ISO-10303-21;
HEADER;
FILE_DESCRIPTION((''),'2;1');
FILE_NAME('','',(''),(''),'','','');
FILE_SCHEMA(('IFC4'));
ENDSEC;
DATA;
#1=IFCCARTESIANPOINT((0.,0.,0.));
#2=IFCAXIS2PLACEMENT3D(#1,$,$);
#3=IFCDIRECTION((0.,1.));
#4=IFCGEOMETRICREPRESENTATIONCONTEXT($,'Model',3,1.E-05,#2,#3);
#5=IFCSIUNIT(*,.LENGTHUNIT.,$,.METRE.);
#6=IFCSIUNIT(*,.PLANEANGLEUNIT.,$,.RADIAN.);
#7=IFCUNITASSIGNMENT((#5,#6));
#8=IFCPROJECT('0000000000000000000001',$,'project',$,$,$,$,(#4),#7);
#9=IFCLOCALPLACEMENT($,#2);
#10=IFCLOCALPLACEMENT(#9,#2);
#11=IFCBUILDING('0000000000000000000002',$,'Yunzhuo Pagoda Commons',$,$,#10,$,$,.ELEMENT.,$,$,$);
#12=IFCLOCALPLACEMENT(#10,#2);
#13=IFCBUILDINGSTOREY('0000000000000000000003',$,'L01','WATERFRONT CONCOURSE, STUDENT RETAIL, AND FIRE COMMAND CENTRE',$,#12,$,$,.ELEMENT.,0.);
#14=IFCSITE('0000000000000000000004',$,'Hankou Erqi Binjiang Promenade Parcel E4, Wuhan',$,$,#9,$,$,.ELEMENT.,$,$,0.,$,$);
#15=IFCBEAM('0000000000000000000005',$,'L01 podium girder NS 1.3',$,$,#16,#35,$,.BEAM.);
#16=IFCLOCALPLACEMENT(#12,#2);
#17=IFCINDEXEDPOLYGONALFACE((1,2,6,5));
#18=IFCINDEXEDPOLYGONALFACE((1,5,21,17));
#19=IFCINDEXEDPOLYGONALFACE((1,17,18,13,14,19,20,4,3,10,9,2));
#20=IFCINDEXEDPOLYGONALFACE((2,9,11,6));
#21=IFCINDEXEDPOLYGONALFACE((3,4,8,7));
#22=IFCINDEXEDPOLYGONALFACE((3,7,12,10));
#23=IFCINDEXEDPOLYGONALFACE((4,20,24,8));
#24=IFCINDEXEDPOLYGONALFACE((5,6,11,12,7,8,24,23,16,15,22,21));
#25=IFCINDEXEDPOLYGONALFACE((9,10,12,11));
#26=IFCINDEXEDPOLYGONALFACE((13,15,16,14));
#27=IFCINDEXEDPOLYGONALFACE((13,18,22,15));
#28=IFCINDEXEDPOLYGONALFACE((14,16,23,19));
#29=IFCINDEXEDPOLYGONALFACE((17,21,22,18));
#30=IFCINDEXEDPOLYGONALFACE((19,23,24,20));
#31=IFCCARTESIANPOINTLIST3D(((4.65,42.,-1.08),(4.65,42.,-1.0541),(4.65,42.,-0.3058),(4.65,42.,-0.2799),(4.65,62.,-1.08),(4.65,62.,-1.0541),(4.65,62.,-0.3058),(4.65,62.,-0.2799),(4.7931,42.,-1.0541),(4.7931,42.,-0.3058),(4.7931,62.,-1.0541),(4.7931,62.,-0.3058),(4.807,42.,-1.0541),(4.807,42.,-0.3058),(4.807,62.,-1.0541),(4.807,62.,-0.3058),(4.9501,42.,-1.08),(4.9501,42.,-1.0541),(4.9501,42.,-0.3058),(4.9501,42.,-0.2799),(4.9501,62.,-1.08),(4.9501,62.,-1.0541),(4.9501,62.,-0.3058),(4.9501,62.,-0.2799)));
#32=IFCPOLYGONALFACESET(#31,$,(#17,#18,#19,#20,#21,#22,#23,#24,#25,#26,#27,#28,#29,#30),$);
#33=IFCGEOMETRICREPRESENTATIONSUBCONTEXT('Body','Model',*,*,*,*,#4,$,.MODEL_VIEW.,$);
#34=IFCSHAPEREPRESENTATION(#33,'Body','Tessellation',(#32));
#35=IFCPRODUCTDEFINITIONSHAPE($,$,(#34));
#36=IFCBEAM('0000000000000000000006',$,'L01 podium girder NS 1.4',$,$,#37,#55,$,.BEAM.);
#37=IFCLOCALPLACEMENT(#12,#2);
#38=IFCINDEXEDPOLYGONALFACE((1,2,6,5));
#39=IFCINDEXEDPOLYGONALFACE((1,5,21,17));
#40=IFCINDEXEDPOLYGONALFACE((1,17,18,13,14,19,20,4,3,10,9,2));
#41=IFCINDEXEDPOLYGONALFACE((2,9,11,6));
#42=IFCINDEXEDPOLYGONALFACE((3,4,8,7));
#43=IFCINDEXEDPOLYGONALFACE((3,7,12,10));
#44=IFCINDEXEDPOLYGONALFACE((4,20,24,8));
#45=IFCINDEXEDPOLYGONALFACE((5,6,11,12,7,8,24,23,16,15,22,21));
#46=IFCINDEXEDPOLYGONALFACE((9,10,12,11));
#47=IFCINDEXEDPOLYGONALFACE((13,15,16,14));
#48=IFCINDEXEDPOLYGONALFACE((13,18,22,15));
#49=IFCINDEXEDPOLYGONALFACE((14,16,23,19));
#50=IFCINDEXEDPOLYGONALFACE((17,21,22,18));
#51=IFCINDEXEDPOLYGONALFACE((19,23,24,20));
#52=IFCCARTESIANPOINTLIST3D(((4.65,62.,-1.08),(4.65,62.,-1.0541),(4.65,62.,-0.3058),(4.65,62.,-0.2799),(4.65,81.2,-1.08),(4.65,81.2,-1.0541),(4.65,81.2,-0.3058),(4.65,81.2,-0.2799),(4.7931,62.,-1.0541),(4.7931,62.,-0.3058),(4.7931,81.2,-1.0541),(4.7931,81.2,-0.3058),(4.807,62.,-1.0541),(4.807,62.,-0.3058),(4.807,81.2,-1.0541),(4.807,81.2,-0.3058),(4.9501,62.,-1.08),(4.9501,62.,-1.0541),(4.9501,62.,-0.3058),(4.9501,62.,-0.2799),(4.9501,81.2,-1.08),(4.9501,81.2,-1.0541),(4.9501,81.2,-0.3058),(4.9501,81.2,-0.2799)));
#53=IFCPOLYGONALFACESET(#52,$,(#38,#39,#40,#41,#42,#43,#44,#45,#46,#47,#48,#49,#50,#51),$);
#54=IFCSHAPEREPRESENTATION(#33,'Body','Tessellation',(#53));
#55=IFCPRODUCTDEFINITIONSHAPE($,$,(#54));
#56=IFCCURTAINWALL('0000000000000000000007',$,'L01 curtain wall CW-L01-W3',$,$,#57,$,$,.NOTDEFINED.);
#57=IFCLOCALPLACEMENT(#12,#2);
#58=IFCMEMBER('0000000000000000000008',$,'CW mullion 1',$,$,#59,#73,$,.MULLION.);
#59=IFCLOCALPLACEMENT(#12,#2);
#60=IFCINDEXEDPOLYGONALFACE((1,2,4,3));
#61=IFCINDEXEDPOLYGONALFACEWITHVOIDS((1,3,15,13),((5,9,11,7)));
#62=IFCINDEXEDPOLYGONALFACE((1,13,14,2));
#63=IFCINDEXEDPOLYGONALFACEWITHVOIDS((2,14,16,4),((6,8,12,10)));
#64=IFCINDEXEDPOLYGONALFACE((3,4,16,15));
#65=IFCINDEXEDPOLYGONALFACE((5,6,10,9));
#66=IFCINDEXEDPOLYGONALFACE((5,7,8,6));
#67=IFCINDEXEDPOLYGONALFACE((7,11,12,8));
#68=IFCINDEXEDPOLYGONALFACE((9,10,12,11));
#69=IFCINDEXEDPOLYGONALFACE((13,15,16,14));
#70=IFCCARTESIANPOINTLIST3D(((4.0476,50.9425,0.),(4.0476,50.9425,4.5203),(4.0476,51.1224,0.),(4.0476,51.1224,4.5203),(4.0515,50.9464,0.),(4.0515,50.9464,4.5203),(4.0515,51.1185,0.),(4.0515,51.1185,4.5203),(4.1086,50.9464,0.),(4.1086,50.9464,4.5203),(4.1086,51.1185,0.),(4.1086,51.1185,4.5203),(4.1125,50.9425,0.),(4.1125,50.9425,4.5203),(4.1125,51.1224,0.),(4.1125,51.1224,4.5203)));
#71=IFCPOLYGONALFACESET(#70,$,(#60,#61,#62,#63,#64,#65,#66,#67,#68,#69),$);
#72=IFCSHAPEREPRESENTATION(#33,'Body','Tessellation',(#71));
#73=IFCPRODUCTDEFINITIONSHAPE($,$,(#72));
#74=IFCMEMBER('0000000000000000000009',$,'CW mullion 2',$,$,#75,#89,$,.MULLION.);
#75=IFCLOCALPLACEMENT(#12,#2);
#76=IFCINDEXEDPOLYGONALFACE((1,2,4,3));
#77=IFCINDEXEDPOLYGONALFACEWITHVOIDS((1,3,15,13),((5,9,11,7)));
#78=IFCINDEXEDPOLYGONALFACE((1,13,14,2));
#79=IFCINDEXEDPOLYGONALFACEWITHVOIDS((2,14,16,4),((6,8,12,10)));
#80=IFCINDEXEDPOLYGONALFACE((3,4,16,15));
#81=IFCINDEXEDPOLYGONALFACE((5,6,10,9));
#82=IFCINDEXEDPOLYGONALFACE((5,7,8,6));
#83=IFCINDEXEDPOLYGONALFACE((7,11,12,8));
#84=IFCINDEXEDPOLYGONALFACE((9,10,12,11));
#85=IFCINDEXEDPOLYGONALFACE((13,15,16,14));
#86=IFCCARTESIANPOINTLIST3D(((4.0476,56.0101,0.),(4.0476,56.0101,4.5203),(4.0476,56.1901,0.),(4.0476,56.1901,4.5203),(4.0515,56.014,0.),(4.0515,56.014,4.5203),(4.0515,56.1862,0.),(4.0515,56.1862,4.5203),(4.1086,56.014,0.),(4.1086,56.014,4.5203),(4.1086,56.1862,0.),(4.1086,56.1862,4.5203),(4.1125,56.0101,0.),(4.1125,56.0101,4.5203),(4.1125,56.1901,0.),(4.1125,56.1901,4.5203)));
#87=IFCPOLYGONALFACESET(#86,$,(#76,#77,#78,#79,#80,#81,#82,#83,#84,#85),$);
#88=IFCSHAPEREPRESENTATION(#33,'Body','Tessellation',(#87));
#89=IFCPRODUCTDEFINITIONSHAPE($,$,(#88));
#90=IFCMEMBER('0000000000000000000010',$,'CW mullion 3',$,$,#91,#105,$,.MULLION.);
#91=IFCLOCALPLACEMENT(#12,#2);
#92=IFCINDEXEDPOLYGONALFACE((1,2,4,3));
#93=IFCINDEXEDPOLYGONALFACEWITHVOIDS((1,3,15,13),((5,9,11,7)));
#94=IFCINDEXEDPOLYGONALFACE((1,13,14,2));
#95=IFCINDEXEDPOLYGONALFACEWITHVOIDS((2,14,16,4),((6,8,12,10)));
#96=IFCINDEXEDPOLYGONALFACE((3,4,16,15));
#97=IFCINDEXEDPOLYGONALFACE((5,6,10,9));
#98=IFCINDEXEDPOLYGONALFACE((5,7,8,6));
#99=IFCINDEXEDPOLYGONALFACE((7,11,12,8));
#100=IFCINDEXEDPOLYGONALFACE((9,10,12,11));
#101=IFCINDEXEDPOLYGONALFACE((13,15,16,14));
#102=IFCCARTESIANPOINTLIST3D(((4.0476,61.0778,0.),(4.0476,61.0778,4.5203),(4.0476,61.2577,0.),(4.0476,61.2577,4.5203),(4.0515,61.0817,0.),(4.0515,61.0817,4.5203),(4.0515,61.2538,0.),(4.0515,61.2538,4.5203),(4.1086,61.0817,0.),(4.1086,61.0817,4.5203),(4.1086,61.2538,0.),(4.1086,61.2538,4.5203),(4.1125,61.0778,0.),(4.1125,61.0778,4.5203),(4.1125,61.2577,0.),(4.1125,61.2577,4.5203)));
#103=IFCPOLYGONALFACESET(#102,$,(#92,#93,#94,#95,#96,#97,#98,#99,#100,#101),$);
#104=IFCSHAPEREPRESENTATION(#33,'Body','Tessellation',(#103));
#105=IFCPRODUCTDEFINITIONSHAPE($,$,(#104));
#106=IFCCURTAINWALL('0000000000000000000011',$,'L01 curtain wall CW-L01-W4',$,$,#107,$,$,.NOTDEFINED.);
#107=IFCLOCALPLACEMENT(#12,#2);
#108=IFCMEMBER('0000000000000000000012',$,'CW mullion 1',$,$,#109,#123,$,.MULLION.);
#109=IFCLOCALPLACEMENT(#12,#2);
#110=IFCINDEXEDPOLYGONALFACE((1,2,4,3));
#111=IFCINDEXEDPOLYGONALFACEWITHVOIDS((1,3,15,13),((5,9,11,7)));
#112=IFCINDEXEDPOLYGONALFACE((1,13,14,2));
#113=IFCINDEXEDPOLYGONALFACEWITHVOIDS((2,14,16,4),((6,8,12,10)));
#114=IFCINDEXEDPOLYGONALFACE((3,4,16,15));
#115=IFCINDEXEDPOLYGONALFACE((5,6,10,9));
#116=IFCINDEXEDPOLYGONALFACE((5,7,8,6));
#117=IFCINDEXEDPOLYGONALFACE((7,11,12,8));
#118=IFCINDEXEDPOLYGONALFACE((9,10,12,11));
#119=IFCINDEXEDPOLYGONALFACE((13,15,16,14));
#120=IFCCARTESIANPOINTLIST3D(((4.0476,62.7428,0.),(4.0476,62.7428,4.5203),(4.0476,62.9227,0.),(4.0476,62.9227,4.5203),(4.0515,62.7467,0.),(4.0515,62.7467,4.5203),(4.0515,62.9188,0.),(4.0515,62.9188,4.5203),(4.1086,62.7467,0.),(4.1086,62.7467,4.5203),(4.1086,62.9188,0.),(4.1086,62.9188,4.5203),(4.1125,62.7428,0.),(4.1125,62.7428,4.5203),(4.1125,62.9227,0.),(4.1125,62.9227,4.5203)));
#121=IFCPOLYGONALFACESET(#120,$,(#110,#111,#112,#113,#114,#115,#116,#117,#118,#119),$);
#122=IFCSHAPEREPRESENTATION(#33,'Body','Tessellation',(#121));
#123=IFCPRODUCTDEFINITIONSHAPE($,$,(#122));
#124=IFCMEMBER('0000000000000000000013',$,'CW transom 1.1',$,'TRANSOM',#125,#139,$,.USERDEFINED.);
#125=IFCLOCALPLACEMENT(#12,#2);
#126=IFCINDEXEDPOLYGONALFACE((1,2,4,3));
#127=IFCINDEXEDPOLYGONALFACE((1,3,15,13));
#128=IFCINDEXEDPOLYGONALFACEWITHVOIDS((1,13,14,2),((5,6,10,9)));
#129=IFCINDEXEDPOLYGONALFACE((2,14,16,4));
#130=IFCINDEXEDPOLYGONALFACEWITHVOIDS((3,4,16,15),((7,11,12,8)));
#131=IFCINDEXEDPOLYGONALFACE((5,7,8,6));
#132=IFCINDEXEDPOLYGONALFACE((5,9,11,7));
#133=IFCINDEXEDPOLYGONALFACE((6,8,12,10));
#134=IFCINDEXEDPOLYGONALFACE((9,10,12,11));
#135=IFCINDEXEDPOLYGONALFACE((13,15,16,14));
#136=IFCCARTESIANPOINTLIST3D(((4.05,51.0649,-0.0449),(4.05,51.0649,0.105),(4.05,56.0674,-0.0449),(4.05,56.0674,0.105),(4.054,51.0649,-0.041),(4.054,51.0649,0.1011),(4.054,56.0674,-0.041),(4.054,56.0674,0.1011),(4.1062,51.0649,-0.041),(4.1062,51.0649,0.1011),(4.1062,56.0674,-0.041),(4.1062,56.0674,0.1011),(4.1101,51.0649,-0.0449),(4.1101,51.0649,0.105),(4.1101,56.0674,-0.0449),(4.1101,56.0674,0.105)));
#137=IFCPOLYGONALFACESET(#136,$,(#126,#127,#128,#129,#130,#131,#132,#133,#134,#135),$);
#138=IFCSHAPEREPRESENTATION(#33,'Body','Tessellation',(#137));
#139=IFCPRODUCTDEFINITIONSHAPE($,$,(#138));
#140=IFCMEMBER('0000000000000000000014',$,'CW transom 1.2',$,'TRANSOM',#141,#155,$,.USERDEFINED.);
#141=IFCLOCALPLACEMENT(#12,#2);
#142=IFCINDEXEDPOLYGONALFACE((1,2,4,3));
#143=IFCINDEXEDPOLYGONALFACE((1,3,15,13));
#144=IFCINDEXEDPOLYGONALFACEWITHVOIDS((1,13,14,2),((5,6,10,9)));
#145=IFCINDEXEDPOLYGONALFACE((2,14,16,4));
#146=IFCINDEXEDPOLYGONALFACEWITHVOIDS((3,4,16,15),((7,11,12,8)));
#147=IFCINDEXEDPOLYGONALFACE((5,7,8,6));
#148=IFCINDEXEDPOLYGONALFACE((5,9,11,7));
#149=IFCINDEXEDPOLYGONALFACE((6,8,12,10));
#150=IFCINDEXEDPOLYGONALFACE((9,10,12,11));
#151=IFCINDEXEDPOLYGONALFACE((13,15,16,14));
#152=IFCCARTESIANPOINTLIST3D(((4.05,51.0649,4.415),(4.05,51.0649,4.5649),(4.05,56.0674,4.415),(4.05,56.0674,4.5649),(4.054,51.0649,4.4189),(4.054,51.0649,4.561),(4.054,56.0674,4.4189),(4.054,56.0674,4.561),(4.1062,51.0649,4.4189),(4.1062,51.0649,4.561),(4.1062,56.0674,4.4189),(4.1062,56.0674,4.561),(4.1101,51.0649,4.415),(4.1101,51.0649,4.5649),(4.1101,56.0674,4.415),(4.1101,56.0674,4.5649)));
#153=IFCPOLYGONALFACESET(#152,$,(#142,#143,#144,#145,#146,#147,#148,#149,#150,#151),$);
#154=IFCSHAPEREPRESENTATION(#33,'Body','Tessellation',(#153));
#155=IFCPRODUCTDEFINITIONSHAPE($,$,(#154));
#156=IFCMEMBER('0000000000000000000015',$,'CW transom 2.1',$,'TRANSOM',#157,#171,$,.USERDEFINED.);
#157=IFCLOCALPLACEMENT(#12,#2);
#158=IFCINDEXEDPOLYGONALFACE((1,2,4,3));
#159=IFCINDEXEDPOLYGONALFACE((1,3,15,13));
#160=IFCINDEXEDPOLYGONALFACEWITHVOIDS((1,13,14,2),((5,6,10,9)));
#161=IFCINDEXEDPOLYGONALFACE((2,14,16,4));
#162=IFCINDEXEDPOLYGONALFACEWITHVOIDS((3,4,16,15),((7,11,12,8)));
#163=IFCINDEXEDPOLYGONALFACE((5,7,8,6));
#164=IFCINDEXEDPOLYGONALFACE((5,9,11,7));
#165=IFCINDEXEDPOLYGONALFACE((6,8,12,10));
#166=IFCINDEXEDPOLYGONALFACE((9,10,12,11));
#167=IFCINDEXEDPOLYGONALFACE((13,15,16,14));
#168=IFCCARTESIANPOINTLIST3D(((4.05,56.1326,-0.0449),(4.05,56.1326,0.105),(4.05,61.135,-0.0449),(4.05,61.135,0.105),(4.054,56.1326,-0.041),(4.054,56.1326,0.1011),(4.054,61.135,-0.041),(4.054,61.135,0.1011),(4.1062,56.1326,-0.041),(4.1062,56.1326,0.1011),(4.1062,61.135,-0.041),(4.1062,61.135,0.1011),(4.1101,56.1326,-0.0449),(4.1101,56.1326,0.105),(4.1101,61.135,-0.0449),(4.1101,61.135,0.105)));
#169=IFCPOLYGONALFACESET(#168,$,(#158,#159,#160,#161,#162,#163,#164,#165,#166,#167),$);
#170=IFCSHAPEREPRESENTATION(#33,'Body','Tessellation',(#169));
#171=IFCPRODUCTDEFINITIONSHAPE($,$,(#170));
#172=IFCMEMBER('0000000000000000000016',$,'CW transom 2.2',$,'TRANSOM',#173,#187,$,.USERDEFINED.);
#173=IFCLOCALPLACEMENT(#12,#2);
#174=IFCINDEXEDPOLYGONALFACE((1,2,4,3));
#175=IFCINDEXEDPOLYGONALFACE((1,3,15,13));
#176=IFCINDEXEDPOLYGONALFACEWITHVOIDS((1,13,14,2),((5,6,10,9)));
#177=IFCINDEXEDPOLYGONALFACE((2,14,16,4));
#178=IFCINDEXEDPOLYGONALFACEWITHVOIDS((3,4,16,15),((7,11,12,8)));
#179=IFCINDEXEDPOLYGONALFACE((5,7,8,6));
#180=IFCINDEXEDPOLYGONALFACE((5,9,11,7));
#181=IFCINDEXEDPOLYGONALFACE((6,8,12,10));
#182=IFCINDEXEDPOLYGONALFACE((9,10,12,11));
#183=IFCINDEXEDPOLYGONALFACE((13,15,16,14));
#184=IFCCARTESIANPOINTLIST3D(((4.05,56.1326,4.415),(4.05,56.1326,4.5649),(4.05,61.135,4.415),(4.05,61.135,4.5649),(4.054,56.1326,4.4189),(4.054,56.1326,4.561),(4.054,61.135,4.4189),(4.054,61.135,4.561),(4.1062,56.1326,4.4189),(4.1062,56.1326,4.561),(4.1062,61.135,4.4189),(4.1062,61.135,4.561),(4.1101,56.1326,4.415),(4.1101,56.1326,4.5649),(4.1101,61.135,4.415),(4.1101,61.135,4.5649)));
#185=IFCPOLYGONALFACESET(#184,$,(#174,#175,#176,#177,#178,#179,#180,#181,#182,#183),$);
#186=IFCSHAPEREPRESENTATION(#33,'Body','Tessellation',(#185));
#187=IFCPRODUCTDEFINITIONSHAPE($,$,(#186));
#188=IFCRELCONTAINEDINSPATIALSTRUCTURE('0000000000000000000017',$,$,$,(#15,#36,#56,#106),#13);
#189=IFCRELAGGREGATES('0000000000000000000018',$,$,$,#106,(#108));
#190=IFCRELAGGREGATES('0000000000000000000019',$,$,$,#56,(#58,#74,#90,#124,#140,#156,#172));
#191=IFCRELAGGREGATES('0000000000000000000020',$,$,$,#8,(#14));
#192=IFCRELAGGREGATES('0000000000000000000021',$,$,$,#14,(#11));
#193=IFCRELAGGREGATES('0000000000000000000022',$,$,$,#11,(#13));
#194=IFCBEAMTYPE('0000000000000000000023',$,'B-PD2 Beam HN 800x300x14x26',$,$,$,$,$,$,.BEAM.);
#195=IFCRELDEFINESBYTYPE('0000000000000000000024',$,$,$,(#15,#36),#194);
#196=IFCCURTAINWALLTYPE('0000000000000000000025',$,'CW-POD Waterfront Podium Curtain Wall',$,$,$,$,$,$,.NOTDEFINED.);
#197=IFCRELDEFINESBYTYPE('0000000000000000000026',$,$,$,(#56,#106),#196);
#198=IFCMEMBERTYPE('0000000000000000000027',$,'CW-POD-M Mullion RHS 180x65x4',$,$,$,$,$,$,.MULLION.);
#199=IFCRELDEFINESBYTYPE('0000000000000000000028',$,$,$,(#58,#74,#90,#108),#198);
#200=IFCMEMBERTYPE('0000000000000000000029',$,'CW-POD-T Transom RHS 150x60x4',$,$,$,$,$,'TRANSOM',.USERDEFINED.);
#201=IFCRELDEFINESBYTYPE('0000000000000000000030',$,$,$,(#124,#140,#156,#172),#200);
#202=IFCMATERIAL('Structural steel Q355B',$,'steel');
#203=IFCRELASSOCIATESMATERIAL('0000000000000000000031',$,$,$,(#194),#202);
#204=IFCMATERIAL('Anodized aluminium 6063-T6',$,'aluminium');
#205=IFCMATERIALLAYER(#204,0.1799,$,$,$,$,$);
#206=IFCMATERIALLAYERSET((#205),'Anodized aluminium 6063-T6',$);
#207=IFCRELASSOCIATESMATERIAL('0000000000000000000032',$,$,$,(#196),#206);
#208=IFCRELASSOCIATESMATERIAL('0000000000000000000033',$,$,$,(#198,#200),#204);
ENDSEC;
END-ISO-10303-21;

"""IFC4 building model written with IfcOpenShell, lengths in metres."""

from ifc_helpers import new_model, si_unit, direction, frame, origin, origin_2d, place, context, subcontext, project, spatial, hollow_rectangle, i_section, extrude, source, transform, mapped, material, layer, layer_set, material_profile, profile_set, type_object, element, aggregate, save


model = new_model("IFC4")

# Units and contexts
model_context = context("Model", 3, precision=1e-05, world=origin(), true_north=direction((0.0, 1.0)))
body_context = subcontext(model_context, "Body", "Model", "MODEL_VIEW")
ifc_project = project(units=[si_unit("LENGTHUNIT", "METRE"), si_unit("PLANEANGLEUNIT", "RADIAN")], contexts=[model_context])

# Site, building, storey
site_placement = place(None, origin())
site = spatial("IfcSite", under=ifc_project, at=site_placement, Name="Hankou Erqi Binjiang Promenade Parcel E4, Wuhan", CompositionType="ELEMENT", RefElevation=0.0)
building_placement = place(site_placement, origin())
building = spatial("IfcBuilding", under=site, at=building_placement, Name="Yunzhuo Pagoda Commons", CompositionType="ELEMENT")
storey_placement = place(building_placement, origin())
storey = spatial("IfcBuildingStorey", under=building, at=storey_placement, Name="L01", Description="WATERFRONT CONCOURSE, STUDENT RETAIL, AND FIRE COMMAND CENTRE", CompositionType="ELEMENT", Elevation=0.0)

# Beams
ifc_material_1 = material(Name="Structural steel Q355B", Category="steel")
ifc_material_profile_1 = material_profile(ifc_material_1, i_section(OverallWidth=0.3, OverallDepth=0.8, WebThickness=0.0139, FlangeThickness=0.0259, at=origin_2d()), Name="Structural steel Q355B")
ifc_profile_set_1 = profile_set([ifc_material_profile_1], Name="Structural steel Q355B")
beam_type_1 = type_object("IfcBeamType", Name="B-PD2 Beam HN 800x300x14x26", PredefinedType="BEAM", material=ifc_profile_set_1)
shared_shape_1 = source(origin(), body_context, "Body", "SweptSolid", [
    extrude(i_section(OverallWidth=0.3, OverallDepth=0.8, WebThickness=0.0139, FlangeThickness=0.0259, at=origin_2d()), origin(), (0.0, 0.0, 1.0), 20.0),
])
beam_1_placement = place(storey_placement, frame((4.8, 42.0, -0.6799), z_axis=(0.0, 1.0, 0.0), x_axis=(-1.0, 0.0, 0.0)))
element("IfcBeam", 1, at=beam_1_placement, inside=storey, type_object=beam_type_1, Name="L01 podium girder NS 1.3", PredefinedType="BEAM", context=body_context, shape_type="MappedRepresentation", body=[
    mapped(shared_shape_1, transform((0.0, 0.0, 0.0), scale=1.0)),
])
shared_shape_2 = source(origin(), body_context, "Body", "SweptSolid", [
    extrude(i_section(OverallWidth=0.3, OverallDepth=0.8, WebThickness=0.0139, FlangeThickness=0.0259, at=origin_2d()), origin(), (0.0, 0.0, 1.0), 19.2),
])
beam_2_placement = place(storey_placement, frame((4.8, 62.0, -0.6799), z_axis=(0.0, 1.0, 0.0), x_axis=(-1.0, 0.0, 0.0)))
element("IfcBeam", 2, at=beam_2_placement, inside=storey, type_object=beam_type_1, Name="L01 podium girder NS 1.4", PredefinedType="BEAM", context=body_context, shape_type="MappedRepresentation", body=[
    mapped(shared_shape_2, transform((0.0, 0.0, 0.0), scale=1.0)),
])

# Curtain wall, members
ifc_material_2 = material(Name="Anodized aluminium 6063-T6", Category="aluminium")
ifc_layer_1 = layer(ifc_material_2, 0.1799)
ifc_layer_set_1 = layer_set([ifc_layer_1], Name="Anodized aluminium 6063-T6")
curtain_wall_type = type_object("IfcCurtainWallType", Name="CW-POD Waterfront Podium Curtain Wall", PredefinedType="NOTDEFINED", material=ifc_layer_set_1)
curtain_wall_1_placement = place(storey_placement, origin())
curtain_wall_1 = element("IfcCurtainWall", 3, at=curtain_wall_1_placement, inside=storey, type_object=curtain_wall_type, Name="L01 curtain wall CW-L01-W3", PredefinedType="NOTDEFINED")
ifc_material_profile_2 = material_profile(ifc_material_2, hollow_rectangle(XDim=0.0649, YDim=0.1799, WallThickness=0.0039, at=origin_2d()), Name="Anodized aluminium 6063-T6")
ifc_profile_set_2 = profile_set([ifc_material_profile_2], Name="Anodized aluminium 6063-T6")
member_type_1 = type_object("IfcMemberType", Name="CW-POD-M Mullion RHS 180x65x4", PredefinedType="MULLION", material=ifc_profile_set_2)
shared_shape_3 = source(origin(), body_context, "Body", "SweptSolid", [
    extrude(hollow_rectangle(XDim=0.0649, YDim=0.1799, WallThickness=0.0039, at=origin_2d()), origin(), (0.0, 0.0, 1.0), 4.5203),
])
member_1_placement = place(storey_placement, frame((4.0801, 51.0325, 0.0), z_axis=(0.0, 0.0, 1.0), x_axis=(-1.0, 0.0, 0.0)))
member_1 = element("IfcMember", 4, at=member_1_placement, type_object=member_type_1, Name="CW mullion 1", PredefinedType="MULLION", context=body_context, shape_type="MappedRepresentation", body=[
    mapped(shared_shape_3, transform((0.0, 0.0, 0.0), scale=1.0)),
])
member_2_placement = place(storey_placement, frame((4.0801, 56.1001, 0.0), z_axis=(0.0, 0.0, 1.0), x_axis=(-1.0, 0.0, 0.0)))
member_2 = element("IfcMember", 5, at=member_2_placement, type_object=member_type_1, Name="CW mullion 2", PredefinedType="MULLION", context=body_context, shape_type="MappedRepresentation", body=[
    mapped(shared_shape_3, transform((0.0, 0.0, 0.0), scale=1.0)),
])
member_3_placement = place(storey_placement, frame((4.0801, 61.1677, 0.0), z_axis=(0.0, 0.0, 1.0), x_axis=(-1.0, 0.0, 0.0)))
member_3 = element("IfcMember", 6, at=member_3_placement, type_object=member_type_1, Name="CW mullion 3", PredefinedType="MULLION", context=body_context, shape_type="MappedRepresentation", body=[
    mapped(shared_shape_3, transform((0.0, 0.0, 0.0), scale=1.0)),
])

# Curtain wall, member
curtain_wall_2_placement = place(storey_placement, origin())
curtain_wall_2 = element("IfcCurtainWall", 7, at=curtain_wall_2_placement, inside=storey, type_object=curtain_wall_type, Name="L01 curtain wall CW-L01-W4", PredefinedType="NOTDEFINED")
member_4_placement = place(storey_placement, frame((4.0801, 62.8328, 0.0), z_axis=(0.0, 0.0, 1.0), x_axis=(-1.0, 0.0, 0.0)))
member_4 = element("IfcMember", 8, at=member_4_placement, type_object=member_type_1, Name="CW mullion 1", PredefinedType="MULLION", context=body_context, shape_type="MappedRepresentation", body=[
    mapped(shared_shape_3, transform((0.0, 0.0, 0.0), scale=1.0)),
])
aggregate(curtain_wall_2, [member_4])

# Members
ifc_material_profile_3 = material_profile(ifc_material_2, hollow_rectangle(XDim=0.0601, YDim=0.1499, WallThickness=0.0039, at=origin_2d()), Name="Anodized aluminium 6063-T6")
ifc_profile_set_3 = profile_set([ifc_material_profile_3], Name="Anodized aluminium 6063-T6")
member_type_2 = type_object("IfcMemberType", Name="CW-POD-T Transom RHS 150x60x4", ElementType="TRANSOM", PredefinedType="USERDEFINED", material=ifc_profile_set_3)
shared_shape_4 = source(origin(), body_context, "Body", "SweptSolid", [
    extrude(hollow_rectangle(XDim=0.0601, YDim=0.1499, WallThickness=0.0039, at=origin_2d()), origin(), (0.0, 0.0, 1.0), 5.0024),
])
member_5_placement = place(storey_placement, frame((4.0801, 51.0649, 0.03), z_axis=(0.0, 1.0, 0.0), x_axis=(-1.0, 0.0, 0.0)))
member_5 = element("IfcMember", 9, at=member_5_placement, type_object=member_type_2, Name="CW transom 1.1", ObjectType="TRANSOM", PredefinedType="USERDEFINED", context=body_context, shape_type="MappedRepresentation", body=[
    mapped(shared_shape_4, transform((0.0, 0.0, 0.0), scale=1.0)),
])
member_6_placement = place(storey_placement, frame((4.0801, 51.0649, 4.49), z_axis=(0.0, 1.0, 0.0), x_axis=(-1.0, 0.0, 0.0)))
member_6 = element("IfcMember", 10, at=member_6_placement, type_object=member_type_2, Name="CW transom 1.2", ObjectType="TRANSOM", PredefinedType="USERDEFINED", context=body_context, shape_type="MappedRepresentation", body=[
    mapped(shared_shape_4, transform((0.0, 0.0, 0.0), scale=1.0)),
])
member_7_placement = place(storey_placement, frame((4.0801, 56.1326, 0.03), z_axis=(0.0, 1.0, 0.0), x_axis=(-1.0, 0.0, 0.0)))
member_7 = element("IfcMember", 11, at=member_7_placement, type_object=member_type_2, Name="CW transom 2.1", ObjectType="TRANSOM", PredefinedType="USERDEFINED", context=body_context, shape_type="MappedRepresentation", body=[
    mapped(shared_shape_4, transform((0.0, 0.0, 0.0), scale=1.0)),
])
member_8_placement = place(storey_placement, frame((4.0801, 56.1326, 4.49), z_axis=(0.0, 1.0, 0.0), x_axis=(-1.0, 0.0, 0.0)))
member_8 = element("IfcMember", 12, at=member_8_placement, type_object=member_type_2, Name="CW transom 2.2", ObjectType="TRANSOM", PredefinedType="USERDEFINED", context=body_context, shape_type="MappedRepresentation", body=[
    mapped(shared_shape_4, transform((0.0, 0.0, 0.0), scale=1.0)),
])

aggregate(curtain_wall_1, [member_1, member_2, member_3, member_5, member_6, member_7, member_8])

save(model, "model.ifc")
